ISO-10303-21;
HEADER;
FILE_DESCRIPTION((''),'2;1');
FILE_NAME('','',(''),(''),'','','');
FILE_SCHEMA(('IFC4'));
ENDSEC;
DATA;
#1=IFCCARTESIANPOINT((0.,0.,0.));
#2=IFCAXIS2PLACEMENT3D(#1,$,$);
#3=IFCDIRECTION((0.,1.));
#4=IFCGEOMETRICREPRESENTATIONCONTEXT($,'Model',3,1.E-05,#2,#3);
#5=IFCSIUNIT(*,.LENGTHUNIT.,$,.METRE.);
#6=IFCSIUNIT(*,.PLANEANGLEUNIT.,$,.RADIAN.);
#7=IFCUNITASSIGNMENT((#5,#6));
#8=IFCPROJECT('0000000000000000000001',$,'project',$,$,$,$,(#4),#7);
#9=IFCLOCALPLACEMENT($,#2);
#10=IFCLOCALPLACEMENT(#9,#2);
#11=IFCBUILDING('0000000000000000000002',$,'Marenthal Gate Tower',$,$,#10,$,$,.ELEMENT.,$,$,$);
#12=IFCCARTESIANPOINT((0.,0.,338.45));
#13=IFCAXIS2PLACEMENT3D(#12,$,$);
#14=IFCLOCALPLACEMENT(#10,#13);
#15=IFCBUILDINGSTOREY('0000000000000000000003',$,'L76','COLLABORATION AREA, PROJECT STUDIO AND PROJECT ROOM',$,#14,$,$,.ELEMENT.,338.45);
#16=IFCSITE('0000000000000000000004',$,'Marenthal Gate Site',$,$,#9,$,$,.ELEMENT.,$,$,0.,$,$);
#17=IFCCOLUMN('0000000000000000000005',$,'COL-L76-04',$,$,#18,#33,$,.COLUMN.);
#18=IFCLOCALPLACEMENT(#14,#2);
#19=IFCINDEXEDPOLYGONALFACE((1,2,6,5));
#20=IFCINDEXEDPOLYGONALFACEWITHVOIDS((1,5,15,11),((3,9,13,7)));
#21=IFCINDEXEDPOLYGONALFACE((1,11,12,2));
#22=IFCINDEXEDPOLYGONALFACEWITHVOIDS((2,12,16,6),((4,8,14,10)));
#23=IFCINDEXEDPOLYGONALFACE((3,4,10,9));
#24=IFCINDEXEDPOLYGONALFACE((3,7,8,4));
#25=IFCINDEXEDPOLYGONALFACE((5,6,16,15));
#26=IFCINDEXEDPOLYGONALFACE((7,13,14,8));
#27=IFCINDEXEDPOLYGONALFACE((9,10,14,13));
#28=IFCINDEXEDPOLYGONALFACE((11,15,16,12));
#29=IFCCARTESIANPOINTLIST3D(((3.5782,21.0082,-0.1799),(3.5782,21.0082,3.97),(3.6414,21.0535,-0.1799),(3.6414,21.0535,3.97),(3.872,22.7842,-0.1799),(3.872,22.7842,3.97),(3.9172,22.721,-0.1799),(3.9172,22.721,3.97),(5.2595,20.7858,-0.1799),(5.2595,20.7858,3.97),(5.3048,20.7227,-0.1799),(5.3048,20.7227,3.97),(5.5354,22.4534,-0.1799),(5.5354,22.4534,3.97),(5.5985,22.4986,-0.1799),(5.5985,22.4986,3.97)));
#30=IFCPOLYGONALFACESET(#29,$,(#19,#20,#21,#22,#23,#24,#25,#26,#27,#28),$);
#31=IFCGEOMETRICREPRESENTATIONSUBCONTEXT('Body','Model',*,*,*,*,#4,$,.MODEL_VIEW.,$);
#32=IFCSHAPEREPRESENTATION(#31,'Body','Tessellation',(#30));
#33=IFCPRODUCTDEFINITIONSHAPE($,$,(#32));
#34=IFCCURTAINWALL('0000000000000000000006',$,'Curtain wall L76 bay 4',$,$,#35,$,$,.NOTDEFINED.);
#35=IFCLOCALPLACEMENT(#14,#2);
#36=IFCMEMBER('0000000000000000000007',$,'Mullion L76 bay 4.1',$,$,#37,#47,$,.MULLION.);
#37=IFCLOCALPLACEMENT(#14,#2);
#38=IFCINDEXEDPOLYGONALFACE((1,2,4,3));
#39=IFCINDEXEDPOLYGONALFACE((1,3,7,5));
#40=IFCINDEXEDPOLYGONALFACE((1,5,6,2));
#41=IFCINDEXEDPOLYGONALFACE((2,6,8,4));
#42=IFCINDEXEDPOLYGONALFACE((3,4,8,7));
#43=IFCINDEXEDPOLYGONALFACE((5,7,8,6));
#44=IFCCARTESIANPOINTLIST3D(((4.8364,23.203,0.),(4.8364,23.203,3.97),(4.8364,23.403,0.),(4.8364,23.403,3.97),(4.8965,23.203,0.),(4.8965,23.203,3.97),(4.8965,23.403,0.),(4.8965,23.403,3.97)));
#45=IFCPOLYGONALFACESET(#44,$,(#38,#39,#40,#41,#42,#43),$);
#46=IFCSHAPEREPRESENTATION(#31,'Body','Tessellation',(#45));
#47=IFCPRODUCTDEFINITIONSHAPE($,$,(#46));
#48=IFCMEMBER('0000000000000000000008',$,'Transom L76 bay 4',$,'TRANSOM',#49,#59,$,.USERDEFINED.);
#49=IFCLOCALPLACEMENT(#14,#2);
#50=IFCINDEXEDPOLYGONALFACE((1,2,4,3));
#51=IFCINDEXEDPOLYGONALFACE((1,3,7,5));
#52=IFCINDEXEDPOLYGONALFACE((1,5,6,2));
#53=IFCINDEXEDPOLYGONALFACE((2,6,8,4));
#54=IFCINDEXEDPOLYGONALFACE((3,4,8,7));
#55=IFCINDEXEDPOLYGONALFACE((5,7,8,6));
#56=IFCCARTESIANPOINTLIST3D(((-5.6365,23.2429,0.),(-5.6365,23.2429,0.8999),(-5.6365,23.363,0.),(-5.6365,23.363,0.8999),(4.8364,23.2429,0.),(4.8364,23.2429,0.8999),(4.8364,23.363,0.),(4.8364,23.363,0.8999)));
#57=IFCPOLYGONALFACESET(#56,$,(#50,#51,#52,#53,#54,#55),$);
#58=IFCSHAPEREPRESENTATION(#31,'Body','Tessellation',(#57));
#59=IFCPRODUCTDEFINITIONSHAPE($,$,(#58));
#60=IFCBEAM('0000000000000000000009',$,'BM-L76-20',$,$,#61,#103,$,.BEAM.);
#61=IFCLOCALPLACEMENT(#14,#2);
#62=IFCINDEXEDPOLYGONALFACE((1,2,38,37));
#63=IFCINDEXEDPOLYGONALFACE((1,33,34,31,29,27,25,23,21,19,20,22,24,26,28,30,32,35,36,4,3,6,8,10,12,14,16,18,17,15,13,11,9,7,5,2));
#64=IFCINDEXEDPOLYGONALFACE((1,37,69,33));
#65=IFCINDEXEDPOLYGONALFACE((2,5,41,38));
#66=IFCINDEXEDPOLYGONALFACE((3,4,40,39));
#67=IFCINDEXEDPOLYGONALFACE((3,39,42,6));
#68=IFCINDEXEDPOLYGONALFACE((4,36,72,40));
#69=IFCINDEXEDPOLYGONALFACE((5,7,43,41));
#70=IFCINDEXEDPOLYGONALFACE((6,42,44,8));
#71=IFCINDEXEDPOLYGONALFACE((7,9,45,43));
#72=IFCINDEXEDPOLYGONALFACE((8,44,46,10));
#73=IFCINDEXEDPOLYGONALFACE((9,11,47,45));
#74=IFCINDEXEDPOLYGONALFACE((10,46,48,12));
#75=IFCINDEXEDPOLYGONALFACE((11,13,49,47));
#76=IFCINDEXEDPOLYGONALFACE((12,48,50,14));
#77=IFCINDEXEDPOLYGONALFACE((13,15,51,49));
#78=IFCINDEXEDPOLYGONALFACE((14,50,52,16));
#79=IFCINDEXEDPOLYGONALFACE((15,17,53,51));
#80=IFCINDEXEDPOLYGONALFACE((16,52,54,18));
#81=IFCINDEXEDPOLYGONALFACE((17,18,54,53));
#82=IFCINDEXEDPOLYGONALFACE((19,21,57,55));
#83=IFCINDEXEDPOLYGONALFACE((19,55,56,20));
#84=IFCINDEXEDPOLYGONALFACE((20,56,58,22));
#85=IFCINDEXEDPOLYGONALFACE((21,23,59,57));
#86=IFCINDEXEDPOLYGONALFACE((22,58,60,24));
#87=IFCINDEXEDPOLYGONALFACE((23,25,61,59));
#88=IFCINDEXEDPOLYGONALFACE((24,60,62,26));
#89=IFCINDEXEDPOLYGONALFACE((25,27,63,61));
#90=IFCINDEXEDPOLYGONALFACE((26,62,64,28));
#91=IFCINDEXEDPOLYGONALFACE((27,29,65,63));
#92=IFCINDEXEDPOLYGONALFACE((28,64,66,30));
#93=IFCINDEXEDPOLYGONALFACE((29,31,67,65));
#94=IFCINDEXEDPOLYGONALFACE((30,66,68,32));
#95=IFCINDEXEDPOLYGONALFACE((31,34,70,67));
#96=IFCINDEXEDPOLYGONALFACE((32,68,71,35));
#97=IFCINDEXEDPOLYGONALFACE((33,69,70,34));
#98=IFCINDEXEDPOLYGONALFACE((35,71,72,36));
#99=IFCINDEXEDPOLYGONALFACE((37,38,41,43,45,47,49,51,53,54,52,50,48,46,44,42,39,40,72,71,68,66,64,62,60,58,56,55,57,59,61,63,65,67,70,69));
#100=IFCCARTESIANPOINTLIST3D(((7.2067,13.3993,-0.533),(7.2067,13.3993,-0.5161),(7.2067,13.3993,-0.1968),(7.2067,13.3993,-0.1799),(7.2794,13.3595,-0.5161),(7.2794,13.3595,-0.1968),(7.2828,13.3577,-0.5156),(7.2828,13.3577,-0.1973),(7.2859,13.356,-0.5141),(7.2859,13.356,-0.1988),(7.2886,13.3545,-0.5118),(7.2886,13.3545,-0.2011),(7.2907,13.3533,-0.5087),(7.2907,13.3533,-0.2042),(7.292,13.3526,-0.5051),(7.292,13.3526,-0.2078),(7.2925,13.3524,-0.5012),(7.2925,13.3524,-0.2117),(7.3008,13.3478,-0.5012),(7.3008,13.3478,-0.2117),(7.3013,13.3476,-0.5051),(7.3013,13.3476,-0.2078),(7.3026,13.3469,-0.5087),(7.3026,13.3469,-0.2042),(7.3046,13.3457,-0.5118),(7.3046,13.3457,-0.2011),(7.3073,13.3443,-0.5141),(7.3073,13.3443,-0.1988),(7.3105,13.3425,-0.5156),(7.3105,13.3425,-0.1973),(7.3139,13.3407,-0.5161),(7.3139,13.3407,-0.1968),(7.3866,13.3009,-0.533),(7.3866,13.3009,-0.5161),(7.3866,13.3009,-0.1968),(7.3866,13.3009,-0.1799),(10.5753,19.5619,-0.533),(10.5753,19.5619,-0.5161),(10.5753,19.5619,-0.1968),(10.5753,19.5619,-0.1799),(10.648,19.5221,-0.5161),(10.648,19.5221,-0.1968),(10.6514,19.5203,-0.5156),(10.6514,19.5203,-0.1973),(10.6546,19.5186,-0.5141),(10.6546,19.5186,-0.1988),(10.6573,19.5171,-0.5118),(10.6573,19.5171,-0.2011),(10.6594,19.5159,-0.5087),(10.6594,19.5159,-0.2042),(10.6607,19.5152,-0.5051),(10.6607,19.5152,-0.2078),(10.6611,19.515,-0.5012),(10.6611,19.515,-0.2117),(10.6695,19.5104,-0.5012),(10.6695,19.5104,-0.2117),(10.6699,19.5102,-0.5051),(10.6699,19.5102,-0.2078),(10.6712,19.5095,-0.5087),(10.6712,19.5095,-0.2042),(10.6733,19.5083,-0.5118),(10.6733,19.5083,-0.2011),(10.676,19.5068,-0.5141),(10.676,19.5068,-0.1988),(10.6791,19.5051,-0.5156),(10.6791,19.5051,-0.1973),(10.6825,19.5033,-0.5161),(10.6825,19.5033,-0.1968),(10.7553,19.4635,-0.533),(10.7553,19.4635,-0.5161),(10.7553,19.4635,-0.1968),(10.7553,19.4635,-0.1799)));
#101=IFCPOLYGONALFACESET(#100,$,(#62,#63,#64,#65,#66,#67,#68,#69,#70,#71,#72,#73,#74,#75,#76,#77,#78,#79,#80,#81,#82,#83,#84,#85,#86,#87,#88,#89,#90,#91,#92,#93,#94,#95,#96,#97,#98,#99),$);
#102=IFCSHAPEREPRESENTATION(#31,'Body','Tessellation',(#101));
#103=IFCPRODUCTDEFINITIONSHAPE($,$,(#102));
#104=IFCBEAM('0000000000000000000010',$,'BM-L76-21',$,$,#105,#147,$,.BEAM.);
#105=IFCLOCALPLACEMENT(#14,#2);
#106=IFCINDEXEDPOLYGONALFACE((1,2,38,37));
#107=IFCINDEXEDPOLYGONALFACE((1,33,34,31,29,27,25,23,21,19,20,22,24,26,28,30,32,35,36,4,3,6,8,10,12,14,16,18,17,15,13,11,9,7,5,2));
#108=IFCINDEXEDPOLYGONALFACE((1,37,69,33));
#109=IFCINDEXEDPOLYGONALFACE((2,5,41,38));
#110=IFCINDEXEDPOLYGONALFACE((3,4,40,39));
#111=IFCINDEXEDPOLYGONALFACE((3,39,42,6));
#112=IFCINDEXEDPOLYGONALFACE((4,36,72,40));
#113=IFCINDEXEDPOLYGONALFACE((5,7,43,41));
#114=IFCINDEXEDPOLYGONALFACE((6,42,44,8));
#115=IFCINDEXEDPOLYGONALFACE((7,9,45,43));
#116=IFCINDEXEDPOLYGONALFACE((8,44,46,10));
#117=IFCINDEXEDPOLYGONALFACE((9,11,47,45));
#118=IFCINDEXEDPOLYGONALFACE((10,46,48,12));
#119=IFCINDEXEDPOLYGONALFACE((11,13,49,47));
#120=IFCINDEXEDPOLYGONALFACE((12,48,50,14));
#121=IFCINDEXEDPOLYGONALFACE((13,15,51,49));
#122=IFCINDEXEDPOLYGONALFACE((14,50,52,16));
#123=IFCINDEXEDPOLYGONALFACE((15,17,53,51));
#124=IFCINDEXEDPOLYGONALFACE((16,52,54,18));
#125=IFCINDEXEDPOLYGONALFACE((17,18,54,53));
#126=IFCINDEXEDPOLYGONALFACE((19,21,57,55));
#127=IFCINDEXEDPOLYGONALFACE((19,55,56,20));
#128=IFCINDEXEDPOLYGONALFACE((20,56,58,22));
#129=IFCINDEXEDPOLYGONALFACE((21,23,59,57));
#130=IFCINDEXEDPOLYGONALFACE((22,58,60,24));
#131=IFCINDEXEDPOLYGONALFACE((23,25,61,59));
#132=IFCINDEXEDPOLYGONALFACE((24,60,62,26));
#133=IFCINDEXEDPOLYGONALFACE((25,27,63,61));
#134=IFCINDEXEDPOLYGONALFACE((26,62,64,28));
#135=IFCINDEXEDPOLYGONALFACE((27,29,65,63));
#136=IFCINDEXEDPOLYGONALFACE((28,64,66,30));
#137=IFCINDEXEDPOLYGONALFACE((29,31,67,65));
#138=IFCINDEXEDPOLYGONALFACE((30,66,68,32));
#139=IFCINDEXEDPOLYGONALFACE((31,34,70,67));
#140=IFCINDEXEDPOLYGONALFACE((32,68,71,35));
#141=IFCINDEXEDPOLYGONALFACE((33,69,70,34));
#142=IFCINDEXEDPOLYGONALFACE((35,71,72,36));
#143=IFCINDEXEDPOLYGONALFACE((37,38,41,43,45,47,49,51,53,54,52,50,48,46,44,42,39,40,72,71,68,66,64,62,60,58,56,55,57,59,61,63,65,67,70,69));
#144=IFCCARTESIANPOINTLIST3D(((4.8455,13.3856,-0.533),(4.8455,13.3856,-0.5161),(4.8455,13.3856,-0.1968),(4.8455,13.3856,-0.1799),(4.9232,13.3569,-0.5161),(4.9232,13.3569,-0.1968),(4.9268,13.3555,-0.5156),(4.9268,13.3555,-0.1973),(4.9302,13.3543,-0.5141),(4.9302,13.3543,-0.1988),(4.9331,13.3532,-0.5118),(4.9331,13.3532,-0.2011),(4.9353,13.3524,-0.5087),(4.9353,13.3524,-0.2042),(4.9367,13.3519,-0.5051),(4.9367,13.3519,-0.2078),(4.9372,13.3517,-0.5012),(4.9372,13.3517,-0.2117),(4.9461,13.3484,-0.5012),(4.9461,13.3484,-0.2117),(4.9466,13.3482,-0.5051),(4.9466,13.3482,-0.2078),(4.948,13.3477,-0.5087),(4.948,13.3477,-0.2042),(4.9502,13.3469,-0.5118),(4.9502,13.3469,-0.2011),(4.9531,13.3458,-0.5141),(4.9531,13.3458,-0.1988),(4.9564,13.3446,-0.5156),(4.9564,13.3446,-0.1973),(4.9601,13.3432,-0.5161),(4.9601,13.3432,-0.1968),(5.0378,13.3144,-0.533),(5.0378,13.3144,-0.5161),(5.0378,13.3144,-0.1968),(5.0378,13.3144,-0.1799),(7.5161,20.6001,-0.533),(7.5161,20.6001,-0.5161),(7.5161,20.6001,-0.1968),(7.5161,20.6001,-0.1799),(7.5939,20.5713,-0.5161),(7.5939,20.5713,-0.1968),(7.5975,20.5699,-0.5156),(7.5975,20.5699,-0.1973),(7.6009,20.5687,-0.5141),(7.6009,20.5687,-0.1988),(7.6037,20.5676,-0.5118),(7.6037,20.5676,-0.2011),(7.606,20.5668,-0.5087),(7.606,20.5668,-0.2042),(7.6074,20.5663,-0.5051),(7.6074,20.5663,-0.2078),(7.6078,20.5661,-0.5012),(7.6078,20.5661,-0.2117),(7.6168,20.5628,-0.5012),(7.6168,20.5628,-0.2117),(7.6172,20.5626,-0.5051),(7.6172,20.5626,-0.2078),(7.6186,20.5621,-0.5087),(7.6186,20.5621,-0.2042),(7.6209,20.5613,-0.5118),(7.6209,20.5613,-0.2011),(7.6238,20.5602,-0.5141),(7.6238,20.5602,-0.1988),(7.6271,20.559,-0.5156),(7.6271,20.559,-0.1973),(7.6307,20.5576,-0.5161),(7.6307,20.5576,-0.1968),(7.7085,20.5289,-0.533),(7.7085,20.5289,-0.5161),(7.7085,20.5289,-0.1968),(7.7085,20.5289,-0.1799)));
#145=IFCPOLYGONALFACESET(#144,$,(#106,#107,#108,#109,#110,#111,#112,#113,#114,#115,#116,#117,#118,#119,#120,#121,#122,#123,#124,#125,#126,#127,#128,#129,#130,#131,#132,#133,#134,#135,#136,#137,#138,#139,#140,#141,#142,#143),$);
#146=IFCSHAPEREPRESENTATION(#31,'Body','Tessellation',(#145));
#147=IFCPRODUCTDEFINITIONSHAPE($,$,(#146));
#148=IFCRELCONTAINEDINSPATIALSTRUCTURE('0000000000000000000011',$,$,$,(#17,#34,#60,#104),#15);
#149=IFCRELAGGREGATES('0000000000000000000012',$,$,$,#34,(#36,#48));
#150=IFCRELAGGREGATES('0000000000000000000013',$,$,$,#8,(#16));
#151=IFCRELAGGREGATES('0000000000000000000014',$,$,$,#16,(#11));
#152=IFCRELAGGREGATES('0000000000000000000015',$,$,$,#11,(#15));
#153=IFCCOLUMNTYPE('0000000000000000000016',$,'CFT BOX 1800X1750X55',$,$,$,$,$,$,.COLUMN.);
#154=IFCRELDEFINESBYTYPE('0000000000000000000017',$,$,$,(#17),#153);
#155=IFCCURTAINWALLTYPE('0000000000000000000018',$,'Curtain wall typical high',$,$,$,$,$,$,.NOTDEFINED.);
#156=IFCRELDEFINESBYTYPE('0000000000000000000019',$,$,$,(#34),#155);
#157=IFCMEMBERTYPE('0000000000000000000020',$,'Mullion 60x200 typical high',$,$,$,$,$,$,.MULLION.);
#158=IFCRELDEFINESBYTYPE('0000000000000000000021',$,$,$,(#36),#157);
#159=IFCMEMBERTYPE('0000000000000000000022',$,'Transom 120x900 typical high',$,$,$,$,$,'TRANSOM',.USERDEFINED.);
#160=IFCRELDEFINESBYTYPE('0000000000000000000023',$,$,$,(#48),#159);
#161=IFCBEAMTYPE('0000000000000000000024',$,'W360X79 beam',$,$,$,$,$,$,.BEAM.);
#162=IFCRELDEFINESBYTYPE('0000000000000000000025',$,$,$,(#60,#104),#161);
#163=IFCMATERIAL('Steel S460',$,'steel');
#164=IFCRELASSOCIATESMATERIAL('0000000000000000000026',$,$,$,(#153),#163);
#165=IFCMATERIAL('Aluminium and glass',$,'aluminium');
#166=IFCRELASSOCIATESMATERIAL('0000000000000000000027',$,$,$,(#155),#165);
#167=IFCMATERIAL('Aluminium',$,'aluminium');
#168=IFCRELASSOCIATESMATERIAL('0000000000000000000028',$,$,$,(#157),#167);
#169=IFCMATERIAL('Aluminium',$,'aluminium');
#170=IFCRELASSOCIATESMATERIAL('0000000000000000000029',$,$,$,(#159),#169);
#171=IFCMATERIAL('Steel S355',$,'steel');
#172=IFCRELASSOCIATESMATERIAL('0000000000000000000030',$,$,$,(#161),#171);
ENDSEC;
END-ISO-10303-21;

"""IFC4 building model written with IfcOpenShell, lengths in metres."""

from ifc_helpers import new_model, si_unit, direction, frame, origin, origin_2d, place, context, subcontext, project, spatial, rectangle, hollow_rectangle, i_section, extrude, material, material_profile, profile_set, type_object, element, aggregate, save


model = new_model("IFC4")

# Units and contexts
model_context = context("Model", 3, precision=1e-05, world=origin(), true_north=direction((0.0, 1.0)))
body_context = subcontext(model_context, "Body", "Model", "MODEL_VIEW")
ifc_project = project(units=[si_unit("LENGTHUNIT", "METRE"), si_unit("PLANEANGLEUNIT", "RADIAN")], contexts=[model_context])

# Site, building, storey
site_placement = place(None, origin())
site = spatial("IfcSite", under=ifc_project, at=site_placement, Name="Marenthal Gate Site", CompositionType="ELEMENT", RefElevation=0.0)
building_placement = place(site_placement, origin())
building = spatial("IfcBuilding", under=site, at=building_placement, Name="Marenthal Gate Tower", CompositionType="ELEMENT")
storey_placement = place(building_placement, frame((0.0, 0.0, 338.45)))
storey = spatial("IfcBuildingStorey", under=building, at=storey_placement, Name="L76", Description="COLLABORATION AREA, PROJECT STUDIO AND PROJECT ROOM", CompositionType="ELEMENT", Elevation=338.45)

# Column
ifc_material_1 = material(Name="Steel S460", Category="steel")
ifc_material_profile_1 = material_profile(ifc_material_1, hollow_rectangle(XDim=1.75, YDim=1.8, WallThickness=0.0549, at=origin_2d()), Name="CFT BOX 1800X1750X55")
ifc_material_2 = material(Name="Concrete 70 MPa", Category="concrete")
ifc_material_profile_2 = material_profile(ifc_material_2, rectangle(XDim=1.6399, YDim=1.6899, at=origin_2d()), Name="CFT BOX 1800X1750X55 INFILL")
ifc_profile_set_1 = profile_set([ifc_material_profile_1, ifc_material_profile_2], Name="Steel S460 shell, Concrete 70 MPa infill")
column_type = type_object("IfcColumnType", Name="CFT BOX 1800X1750X55", PredefinedType="COLUMN", material=ifc_profile_set_1)
column_placement = place(storey_placement, frame((4.5884, 21.7534, -0.1799), z_axis=(0.0, 0.0, 1.0), x_axis=(0.986595, -0.163188, 0.0)))
element("IfcColumn", 1, at=column_placement, inside=storey, type_object=column_type, Name="COL-L76-04", PredefinedType="COLUMN", context=body_context, shape_type="SweptSolid", body=[
    extrude(hollow_rectangle(XDim=1.75, YDim=1.8, WallThickness=0.0549, at=origin_2d()), origin(), (0.0, 0.0, 1.0), 4.1499),
])

# Curtain wall, members
ifc_material_3 = material(Name="Aluminium and glass", Category="aluminium")
curtain_wall_type = type_object("IfcCurtainWallType", Name="Curtain wall typical high", PredefinedType="NOTDEFINED", material=ifc_material_3)
curtain_wall_placement = place(storey_placement, origin())
curtain_wall = element("IfcCurtainWall", 2, at=curtain_wall_placement, inside=storey, type_object=curtain_wall_type, Name="Curtain wall L76 bay 4", PredefinedType="NOTDEFINED")
ifc_material_4 = material(Name="Aluminium", Category="aluminium")
ifc_material_profile_3 = material_profile(ifc_material_4, rectangle(XDim=0.2, YDim=0.0601, at=origin_2d()), Name="60x200 aluminium mullion")
ifc_profile_set_2 = profile_set([ifc_material_profile_3], Name="Aluminium")
member_type_1 = type_object("IfcMemberType", Name="Mullion 60x200 typical high", PredefinedType="MULLION", material=ifc_profile_set_2)
member_1_placement = place(storey_placement, frame((4.8665, 23.303, 0.0), z_axis=(0.0, 0.0, 1.0), x_axis=(0.0, -1.0, 0.0)))
member_1 = element("IfcMember", 3, at=member_1_placement, type_object=member_type_1, Name="Mullion L76 bay 4.1", PredefinedType="MULLION", context=body_context, shape_type="SweptSolid", body=[
    extrude(rectangle(XDim=0.2, YDim=0.0601, at=origin_2d()), origin(), (0.0, 0.0, 1.0), 3.97),
])
ifc_material_5 = material(Name="Aluminium", Category="aluminium")
ifc_material_profile_4 = material_profile(ifc_material_5, rectangle(XDim=0.1201, YDim=0.8999, at=origin_2d()), Name="120x900 aluminium transom")
ifc_profile_set_3 = profile_set([ifc_material_profile_4], Name="Aluminium")
member_type_2 = type_object("IfcMemberType", Name="Transom 120x900 typical high", ElementType="TRANSOM", PredefinedType="USERDEFINED", material=ifc_profile_set_3)
member_2_placement = place(storey_placement, frame((4.8364, 23.303, 0.45), z_axis=(-1.0, 0.0, 0.0), x_axis=(0.0, -1.0, 0.0)))
member_2 = element("IfcMember", 4, at=member_2_placement, type_object=member_type_2, Name="Transom L76 bay 4", ObjectType="TRANSOM", PredefinedType="USERDEFINED", context=body_context, shape_type="SweptSolid", body=[
    extrude(rectangle(XDim=0.1201, YDim=0.8999, at=origin_2d()), origin(), (0.0, 0.0, 1.0), 10.4729),
])

# Beams
ifc_material_6 = material(Name="Steel S355", Category="steel")
ifc_material_profile_5 = material_profile(ifc_material_6, i_section(OverallWidth=0.2051, OverallDepth=0.353, WebThickness=0.0095, FlangeThickness=0.0168, FilletRadius=0.0149, at=origin_2d()), Name="W360X79")
ifc_profile_set_4 = profile_set([ifc_material_profile_5], Name="Steel S355")
beam_type_1 = type_object("IfcBeamType", Name="W360X79 beam", PredefinedType="BEAM", material=ifc_profile_set_4)
beam_1_placement = place(storey_placement, frame((10.6653, 19.5127, -0.3564), z_axis=(-0.479646, -0.877462, 0.0), x_axis=(0.877462, -0.479646, 0.0)))
element("IfcBeam", 5, at=beam_1_placement, inside=storey, type_object=beam_type_1, Name="BM-L76-20", PredefinedType="BEAM", context=body_context, shape_type="SweptSolid", body=[
    extrude(i_section(OverallWidth=0.2051, OverallDepth=0.353, WebThickness=0.0095, FlangeThickness=0.0168, FilletRadius=0.0149, at=origin_2d()), origin(), (0.0, 0.0, 1.0), 7.0232),
])
beam_2_placement = place(storey_placement, frame((7.6123, 20.5645, -0.3564), z_axis=(-0.347162, -0.937805, 0.0), x_axis=(0.937805, -0.347162, 0.0)))
element("IfcBeam", 6, at=beam_2_placement, inside=storey, type_object=beam_type_1, Name="BM-L76-21", PredefinedType="BEAM", context=body_context, shape_type="SweptSolid", body=[
    extrude(i_section(OverallWidth=0.2051, OverallDepth=0.353, WebThickness=0.0095, FlangeThickness=0.0168, FilletRadius=0.0149, at=origin_2d()), origin(), (0.0, 0.0, 1.0), 7.6929),
])

aggregate(curtain_wall, [member_1, member_2])

save(model, "model.ifc")
